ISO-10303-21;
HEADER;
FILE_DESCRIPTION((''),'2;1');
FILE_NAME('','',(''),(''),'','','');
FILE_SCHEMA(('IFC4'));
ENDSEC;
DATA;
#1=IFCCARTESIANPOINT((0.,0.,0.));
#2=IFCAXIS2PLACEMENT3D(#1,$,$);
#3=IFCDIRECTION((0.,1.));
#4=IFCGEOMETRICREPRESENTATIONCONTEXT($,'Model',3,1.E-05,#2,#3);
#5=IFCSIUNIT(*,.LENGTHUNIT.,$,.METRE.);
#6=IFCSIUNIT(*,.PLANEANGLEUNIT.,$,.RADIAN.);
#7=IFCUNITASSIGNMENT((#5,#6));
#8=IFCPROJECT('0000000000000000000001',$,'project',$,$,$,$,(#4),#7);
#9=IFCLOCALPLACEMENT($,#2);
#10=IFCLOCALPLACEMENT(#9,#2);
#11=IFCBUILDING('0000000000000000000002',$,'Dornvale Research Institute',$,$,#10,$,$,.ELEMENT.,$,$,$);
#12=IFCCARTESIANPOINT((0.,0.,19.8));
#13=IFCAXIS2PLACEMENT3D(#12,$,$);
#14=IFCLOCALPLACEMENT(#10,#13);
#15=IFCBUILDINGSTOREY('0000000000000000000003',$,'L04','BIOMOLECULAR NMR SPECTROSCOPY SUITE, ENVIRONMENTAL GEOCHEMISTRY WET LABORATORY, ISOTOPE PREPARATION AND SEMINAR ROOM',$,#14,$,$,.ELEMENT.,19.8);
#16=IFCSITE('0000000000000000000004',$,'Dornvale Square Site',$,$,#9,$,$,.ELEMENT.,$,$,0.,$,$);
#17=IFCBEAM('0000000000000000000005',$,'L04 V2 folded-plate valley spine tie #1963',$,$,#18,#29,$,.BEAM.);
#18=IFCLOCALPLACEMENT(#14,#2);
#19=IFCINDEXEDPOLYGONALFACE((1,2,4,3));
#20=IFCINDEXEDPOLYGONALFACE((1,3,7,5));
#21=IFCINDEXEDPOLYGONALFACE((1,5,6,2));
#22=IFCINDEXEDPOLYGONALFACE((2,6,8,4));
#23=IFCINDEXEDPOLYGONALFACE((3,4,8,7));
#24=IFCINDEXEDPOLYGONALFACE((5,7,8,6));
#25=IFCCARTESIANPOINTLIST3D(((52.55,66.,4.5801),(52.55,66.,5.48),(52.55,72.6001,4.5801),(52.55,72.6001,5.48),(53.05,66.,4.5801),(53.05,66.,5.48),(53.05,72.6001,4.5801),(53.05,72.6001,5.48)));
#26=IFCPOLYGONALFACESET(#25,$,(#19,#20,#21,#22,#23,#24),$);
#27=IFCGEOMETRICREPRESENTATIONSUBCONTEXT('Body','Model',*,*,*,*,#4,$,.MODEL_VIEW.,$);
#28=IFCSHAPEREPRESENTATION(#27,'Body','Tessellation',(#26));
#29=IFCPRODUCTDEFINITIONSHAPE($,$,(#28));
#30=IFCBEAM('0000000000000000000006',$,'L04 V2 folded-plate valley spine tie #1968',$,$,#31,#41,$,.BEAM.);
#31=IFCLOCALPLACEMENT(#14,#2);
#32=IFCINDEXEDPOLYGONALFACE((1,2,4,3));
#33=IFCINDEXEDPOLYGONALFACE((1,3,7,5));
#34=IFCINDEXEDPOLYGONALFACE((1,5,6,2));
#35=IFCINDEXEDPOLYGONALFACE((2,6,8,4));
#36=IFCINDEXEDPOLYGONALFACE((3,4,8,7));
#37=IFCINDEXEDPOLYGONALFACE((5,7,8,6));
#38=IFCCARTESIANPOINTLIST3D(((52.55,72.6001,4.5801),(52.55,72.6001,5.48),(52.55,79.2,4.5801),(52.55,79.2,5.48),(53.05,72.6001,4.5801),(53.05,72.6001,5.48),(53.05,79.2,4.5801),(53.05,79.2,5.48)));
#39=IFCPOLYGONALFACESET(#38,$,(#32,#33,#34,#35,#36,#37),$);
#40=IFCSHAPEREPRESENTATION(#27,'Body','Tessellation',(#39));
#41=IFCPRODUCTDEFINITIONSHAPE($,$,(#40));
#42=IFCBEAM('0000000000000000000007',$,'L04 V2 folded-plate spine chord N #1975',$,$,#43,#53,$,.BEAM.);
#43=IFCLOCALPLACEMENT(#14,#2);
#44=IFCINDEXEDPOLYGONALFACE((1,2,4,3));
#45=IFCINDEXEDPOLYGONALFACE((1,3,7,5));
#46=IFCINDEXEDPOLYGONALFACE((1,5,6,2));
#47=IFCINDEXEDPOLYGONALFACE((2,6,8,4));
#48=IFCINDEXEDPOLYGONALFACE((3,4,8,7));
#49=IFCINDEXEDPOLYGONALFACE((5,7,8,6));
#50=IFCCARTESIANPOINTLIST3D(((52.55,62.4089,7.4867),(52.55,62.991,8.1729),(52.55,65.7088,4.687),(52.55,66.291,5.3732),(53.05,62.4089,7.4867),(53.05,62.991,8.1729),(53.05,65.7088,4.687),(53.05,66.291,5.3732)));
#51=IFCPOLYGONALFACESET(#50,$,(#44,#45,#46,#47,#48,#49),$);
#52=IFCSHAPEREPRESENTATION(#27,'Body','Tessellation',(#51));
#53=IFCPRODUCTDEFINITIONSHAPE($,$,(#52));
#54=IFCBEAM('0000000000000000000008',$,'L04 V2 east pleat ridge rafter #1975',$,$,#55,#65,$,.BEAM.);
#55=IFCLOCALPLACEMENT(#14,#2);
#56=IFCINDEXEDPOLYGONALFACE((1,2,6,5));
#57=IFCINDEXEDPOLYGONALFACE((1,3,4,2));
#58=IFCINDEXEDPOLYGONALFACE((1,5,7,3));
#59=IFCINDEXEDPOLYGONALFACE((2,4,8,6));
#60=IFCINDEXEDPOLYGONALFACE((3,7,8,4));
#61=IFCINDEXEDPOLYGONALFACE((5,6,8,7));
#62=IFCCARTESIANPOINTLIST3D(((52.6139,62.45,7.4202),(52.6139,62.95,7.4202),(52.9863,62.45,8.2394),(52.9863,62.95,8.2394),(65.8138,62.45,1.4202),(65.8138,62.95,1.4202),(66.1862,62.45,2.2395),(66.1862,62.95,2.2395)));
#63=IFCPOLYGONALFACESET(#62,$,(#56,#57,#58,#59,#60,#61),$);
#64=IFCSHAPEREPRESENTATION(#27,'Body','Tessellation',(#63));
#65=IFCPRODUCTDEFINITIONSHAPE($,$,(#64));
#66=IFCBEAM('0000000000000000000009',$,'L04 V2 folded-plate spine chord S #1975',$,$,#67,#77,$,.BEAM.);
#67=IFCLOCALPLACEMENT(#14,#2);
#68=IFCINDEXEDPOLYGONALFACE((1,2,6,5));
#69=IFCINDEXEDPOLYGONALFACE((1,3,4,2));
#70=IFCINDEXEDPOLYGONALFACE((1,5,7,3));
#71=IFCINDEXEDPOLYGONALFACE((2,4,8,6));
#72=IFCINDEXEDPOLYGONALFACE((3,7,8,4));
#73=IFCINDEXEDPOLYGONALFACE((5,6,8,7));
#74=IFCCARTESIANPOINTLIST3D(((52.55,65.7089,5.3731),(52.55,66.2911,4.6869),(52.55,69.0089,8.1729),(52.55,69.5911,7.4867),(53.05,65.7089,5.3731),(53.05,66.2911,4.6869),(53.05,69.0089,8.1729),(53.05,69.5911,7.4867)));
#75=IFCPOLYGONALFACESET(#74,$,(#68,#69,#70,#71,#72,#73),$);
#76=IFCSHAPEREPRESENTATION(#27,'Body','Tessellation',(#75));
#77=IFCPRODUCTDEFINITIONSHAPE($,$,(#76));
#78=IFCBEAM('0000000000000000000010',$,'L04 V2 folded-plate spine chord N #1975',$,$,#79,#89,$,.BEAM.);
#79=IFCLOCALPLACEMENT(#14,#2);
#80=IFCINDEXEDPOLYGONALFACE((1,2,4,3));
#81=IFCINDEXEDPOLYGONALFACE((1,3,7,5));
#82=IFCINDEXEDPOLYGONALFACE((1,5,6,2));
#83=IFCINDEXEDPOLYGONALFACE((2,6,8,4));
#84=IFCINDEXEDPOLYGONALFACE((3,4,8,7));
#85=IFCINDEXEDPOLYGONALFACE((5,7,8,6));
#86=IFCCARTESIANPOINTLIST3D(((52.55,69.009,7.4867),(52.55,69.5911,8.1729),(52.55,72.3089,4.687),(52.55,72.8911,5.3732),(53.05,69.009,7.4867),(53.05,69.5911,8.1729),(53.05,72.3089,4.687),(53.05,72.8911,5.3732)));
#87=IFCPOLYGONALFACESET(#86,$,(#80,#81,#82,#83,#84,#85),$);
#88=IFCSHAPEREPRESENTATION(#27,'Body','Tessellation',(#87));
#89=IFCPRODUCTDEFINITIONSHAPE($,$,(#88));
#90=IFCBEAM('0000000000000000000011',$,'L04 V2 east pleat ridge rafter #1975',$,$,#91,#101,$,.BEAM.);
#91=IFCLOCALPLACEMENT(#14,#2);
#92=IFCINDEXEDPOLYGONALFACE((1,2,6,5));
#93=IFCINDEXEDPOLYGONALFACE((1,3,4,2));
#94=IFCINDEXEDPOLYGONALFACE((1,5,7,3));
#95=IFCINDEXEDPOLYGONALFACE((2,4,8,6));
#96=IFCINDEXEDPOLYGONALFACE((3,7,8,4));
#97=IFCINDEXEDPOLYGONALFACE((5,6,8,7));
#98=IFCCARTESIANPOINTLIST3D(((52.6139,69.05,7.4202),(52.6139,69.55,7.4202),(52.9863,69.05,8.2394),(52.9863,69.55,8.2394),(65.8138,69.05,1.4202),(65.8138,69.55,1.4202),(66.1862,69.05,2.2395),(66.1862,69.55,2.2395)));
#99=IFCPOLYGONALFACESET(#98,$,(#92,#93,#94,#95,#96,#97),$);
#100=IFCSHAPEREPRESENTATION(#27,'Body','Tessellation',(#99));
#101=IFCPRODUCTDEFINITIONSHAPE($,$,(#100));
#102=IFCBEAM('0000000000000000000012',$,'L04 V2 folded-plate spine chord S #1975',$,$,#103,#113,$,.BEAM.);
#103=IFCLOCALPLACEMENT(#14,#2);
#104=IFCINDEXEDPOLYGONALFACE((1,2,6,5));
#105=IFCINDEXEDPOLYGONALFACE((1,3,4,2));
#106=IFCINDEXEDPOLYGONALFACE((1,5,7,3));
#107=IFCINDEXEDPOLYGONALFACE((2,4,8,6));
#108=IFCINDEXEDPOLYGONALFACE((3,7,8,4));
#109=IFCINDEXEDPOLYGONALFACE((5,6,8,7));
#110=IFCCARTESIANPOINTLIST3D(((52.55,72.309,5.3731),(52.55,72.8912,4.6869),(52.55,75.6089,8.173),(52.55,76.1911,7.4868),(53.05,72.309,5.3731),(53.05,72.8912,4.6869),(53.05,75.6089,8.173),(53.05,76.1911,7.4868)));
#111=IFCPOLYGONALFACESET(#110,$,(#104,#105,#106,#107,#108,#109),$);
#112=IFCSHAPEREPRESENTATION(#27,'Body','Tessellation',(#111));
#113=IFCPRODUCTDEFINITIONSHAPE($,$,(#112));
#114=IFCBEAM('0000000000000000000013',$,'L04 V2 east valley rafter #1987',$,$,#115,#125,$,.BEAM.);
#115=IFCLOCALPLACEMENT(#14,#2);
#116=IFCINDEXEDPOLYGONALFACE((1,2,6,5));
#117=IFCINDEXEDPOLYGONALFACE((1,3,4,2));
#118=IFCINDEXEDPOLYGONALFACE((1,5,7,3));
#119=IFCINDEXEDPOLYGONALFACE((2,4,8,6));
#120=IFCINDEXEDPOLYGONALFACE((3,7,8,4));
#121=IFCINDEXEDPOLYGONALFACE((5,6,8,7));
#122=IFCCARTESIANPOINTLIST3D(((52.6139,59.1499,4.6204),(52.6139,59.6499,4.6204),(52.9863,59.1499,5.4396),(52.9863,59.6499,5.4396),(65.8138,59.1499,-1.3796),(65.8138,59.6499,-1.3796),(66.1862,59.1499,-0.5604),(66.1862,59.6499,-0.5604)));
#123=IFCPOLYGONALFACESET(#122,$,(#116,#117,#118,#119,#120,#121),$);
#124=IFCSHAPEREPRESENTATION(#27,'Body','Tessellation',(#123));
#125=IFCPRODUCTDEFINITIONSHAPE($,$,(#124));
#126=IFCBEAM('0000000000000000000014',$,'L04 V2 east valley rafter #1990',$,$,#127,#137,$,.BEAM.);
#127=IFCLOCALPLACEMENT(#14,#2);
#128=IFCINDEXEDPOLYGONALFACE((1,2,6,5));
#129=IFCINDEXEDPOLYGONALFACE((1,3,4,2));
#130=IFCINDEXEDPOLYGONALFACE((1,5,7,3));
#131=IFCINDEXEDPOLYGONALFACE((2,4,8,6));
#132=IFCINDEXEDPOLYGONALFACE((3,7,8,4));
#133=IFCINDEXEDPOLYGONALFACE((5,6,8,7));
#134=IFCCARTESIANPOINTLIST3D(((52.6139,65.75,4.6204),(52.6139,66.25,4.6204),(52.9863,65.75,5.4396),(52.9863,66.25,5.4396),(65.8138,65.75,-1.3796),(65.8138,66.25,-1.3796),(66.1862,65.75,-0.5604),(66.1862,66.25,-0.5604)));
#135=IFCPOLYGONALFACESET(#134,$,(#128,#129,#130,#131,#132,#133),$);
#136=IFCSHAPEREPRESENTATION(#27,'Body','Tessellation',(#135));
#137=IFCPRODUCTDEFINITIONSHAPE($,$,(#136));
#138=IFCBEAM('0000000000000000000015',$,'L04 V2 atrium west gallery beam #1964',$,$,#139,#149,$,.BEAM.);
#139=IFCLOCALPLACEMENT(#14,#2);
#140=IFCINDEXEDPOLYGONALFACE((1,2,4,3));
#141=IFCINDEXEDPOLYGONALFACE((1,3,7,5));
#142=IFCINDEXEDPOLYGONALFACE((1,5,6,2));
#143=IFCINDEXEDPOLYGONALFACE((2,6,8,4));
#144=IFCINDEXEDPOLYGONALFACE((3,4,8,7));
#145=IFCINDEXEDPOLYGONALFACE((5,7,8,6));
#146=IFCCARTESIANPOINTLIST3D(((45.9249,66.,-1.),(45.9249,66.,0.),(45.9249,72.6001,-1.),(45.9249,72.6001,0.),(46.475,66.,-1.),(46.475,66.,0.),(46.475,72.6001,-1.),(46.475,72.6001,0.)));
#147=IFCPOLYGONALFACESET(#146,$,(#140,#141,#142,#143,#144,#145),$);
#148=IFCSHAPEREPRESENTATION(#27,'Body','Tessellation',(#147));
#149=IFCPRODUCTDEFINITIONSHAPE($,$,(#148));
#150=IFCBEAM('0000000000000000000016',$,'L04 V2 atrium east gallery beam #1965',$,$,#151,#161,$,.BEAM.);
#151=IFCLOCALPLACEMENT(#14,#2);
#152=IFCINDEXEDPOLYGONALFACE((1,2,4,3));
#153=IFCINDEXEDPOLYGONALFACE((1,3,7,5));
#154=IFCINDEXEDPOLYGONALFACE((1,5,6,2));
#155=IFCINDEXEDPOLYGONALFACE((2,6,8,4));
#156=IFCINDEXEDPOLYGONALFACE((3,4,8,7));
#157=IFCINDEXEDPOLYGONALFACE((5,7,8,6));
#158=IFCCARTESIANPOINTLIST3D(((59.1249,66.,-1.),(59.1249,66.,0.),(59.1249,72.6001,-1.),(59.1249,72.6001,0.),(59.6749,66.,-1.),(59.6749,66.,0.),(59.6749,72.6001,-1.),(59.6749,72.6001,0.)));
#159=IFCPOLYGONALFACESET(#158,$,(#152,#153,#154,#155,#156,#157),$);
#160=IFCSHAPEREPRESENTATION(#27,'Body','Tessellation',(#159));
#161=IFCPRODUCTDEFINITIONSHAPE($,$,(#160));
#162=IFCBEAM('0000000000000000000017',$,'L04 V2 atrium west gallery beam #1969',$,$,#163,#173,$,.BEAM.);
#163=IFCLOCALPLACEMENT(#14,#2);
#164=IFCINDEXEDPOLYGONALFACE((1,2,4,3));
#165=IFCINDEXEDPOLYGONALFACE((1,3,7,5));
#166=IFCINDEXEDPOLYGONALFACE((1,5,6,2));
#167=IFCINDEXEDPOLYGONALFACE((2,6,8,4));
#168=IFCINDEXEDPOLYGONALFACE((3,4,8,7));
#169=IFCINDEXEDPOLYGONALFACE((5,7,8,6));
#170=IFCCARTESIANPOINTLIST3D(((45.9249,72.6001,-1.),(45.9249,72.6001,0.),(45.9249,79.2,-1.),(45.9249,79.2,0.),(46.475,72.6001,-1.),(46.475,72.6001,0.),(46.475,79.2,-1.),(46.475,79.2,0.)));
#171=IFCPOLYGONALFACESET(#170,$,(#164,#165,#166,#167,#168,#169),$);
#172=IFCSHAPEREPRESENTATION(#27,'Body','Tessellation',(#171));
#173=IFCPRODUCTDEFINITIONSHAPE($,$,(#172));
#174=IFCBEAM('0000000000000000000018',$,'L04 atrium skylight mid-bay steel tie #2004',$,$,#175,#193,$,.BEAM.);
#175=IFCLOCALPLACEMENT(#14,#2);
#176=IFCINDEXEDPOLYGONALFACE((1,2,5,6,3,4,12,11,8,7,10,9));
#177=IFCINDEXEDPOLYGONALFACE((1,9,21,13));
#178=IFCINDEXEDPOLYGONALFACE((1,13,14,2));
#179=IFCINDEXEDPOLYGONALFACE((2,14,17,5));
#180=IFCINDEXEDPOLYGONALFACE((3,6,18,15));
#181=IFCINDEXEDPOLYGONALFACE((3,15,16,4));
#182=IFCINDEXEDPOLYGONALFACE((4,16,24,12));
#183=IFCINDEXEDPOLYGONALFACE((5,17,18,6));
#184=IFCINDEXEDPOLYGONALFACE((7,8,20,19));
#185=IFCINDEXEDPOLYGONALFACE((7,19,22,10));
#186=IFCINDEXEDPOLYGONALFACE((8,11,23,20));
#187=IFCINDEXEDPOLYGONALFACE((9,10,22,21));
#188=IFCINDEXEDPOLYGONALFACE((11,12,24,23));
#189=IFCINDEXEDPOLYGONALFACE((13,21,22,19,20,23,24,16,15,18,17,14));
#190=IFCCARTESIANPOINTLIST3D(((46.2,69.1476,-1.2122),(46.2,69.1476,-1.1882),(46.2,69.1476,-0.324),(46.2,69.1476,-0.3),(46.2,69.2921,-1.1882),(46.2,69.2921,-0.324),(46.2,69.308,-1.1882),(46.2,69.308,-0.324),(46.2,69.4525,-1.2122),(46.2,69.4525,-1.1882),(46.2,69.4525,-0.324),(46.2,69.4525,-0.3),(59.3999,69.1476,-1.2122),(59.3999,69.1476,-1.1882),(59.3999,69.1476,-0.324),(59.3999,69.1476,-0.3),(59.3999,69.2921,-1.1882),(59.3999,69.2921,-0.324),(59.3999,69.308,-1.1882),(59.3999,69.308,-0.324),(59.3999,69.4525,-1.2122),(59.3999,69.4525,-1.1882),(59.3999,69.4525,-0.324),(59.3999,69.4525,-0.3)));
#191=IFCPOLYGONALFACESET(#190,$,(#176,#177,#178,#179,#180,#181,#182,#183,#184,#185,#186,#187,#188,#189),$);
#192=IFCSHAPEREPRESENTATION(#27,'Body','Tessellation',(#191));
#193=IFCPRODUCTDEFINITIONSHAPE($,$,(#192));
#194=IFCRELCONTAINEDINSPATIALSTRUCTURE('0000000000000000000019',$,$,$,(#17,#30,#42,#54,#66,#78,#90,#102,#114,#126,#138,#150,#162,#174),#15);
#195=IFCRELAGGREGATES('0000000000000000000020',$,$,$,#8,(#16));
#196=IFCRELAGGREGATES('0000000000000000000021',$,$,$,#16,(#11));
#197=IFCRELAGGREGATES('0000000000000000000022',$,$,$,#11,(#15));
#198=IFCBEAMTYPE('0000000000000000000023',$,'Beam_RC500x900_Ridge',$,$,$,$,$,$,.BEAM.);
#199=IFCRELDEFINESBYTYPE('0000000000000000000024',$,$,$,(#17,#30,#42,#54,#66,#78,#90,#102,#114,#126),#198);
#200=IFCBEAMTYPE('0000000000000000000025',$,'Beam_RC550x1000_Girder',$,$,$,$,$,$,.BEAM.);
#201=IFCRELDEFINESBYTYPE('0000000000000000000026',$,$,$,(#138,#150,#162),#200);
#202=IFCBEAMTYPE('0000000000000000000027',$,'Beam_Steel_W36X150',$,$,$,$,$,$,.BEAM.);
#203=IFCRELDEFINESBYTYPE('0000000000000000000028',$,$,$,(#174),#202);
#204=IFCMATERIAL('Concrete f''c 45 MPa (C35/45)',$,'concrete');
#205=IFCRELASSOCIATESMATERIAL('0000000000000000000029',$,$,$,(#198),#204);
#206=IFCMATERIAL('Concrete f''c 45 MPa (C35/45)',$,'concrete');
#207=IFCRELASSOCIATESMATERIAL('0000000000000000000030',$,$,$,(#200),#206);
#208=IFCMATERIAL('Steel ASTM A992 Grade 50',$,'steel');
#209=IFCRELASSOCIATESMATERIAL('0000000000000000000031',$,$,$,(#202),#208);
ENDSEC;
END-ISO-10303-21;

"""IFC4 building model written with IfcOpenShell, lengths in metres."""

from ifc_helpers import new_model, si_unit, direction, frame, origin, origin_2d, place, context, subcontext, project, spatial, rectangle, i_section, extrude, material, material_profile, profile_set, type_object, element, save


model = new_model("IFC4")

# Units and contexts
model_context = context("Model", 3, precision=1e-05, world=origin(), true_north=direction((0.0, 1.0)))
body_context = subcontext(model_context, "Body", "Model", "MODEL_VIEW")
ifc_project = project(units=[si_unit("LENGTHUNIT", "METRE"), si_unit("PLANEANGLEUNIT", "RADIAN")], contexts=[model_context])

# Site, building, storey
site_placement = place(None, origin())
site = spatial("IfcSite", under=ifc_project, at=site_placement, Name="Dornvale Square Site", CompositionType="ELEMENT", RefElevation=0.0)
building_placement = place(site_placement, origin())
building = spatial("IfcBuilding", under=site, at=building_placement, Name="Dornvale Research Institute", CompositionType="ELEMENT")
storey_placement = place(building_placement, frame((0.0, 0.0, 19.8)))
storey = spatial("IfcBuildingStorey", under=building, at=storey_placement, Name="L04", Description="BIOMOLECULAR NMR SPECTROSCOPY SUITE, ENVIRONMENTAL GEOCHEMISTRY WET LABORATORY, ISOTOPE PREPARATION AND SEMINAR ROOM", CompositionType="ELEMENT", Elevation=19.8)

# Beams
ifc_material_1 = material(Name="Concrete f'c 45 MPa (C35/45)", Category="concrete")
ifc_material_profile_1 = material_profile(ifc_material_1, rectangle(XDim=0.5, YDim=0.8999, at=origin_2d()), Name="RC 500x900")
ifc_profile_set_1 = profile_set([ifc_material_profile_1], Name="Concrete f'c 45 MPa (C35/45)")
beam_type_1 = type_object("IfcBeamType", Name="Beam_RC500x900_Ridge", PredefinedType="BEAM", material=ifc_profile_set_1)
beam_1_placement = place(storey_placement, frame((52.8, 66.0, 5.03), z_axis=(0.0, 1.0, 0.0), x_axis=(-1.0, 0.0, 0.0)))
element("IfcBeam", 1, at=beam_1_placement, inside=storey, type_object=beam_type_1, Name="L04 V2 folded-plate valley spine tie #1963", PredefinedType="BEAM", context=body_context, shape_type="SweptSolid", body=[
    extrude(rectangle(XDim=0.5, YDim=0.8999, at=origin_2d()), origin(), (0.0, 0.0, 1.0), 6.6001),
])
beam_2_placement = place(storey_placement, frame((52.8, 72.6001, 5.03), z_axis=(0.0, 1.0, 0.0), x_axis=(-1.0, 0.0, 0.0)))
element("IfcBeam", 2, at=beam_2_placement, inside=storey, type_object=beam_type_1, Name="L04 V2 folded-plate valley spine tie #1968", PredefinedType="BEAM", context=body_context, shape_type="SweptSolid", body=[
    extrude(rectangle(XDim=0.5, YDim=0.8999, at=origin_2d()), origin(), (0.0, 0.0, 1.0), 6.5999),
])
beam_3_placement = place(storey_placement, frame((52.8, 62.7, 7.8298), z_axis=(0.0, 0.762536, -0.646946), x_axis=(-1.0, 0.0, 0.0)))
element("IfcBeam", 3, at=beam_3_placement, inside=storey, type_object=beam_type_1, Name="L04 V2 folded-plate spine chord N #1975", PredefinedType="BEAM", context=body_context, shape_type="SweptSolid", body=[
    extrude(rectangle(XDim=0.5, YDim=0.8999, at=origin_2d()), origin(), (0.0, 0.0, 1.0), 4.3276),
])
beam_4_placement = place(storey_placement, frame((66.0, 62.7, 1.8298), z_axis=(-0.910366, 0.0, 0.413804), x_axis=(0.0, -1.0, 0.0)))
element("IfcBeam", 4, at=beam_4_placement, inside=storey, type_object=beam_type_1, Name="L04 V2 east pleat ridge rafter #1975", PredefinedType="BEAM", context=body_context, shape_type="SweptSolid", body=[
    extrude(rectangle(XDim=0.5, YDim=0.8999, at=origin_2d()), origin(), (0.0, 0.0, 1.0), 14.4995),
])
for number, where, z_axis, x_axis, name in (
    (5, (52.8, 66.0, 5.03), (0.0, 0.762536, 0.646946), (-1.0, 0.0, 0.0), "L04 V2 folded-plate spine chord S #1975"),
    (6, (52.8, 69.3, 7.8298), (0.0, 0.762536, -0.646946), (-1.0, 0.0, 0.0), "L04 V2 folded-plate spine chord N #1975"),
):
    element("IfcBeam", number, at=place(storey_placement, frame(where, z_axis=z_axis, x_axis=x_axis)), inside=storey, type_object=beam_type_1, Name=name, PredefinedType="BEAM", context=body_context, shape_type="SweptSolid", body=[
        extrude(rectangle(XDim=0.5, YDim=0.8999, at=origin_2d()), origin(), (0.0, 0.0, 1.0), 4.3276),
    ])
beam_5_placement = place(storey_placement, frame((66.0, 69.3, 1.8298), z_axis=(-0.910366, 0.0, 0.413804), x_axis=(0.0, -1.0, 0.0)))
element("IfcBeam", 7, at=beam_5_placement, inside=storey, type_object=beam_type_1, Name="L04 V2 east pleat ridge rafter #1975", PredefinedType="BEAM", context=body_context, shape_type="SweptSolid", body=[
    extrude(rectangle(XDim=0.5, YDim=0.8999, at=origin_2d()), origin(), (0.0, 0.0, 1.0), 14.4995),
])
beam_6_placement = place(storey_placement, frame((52.8, 72.6001, 5.03), z_axis=(0.0, 0.762513, 0.646973), x_axis=(-1.0, 0.0, 0.0)))
element("IfcBeam", 8, at=beam_6_placement, inside=storey, type_object=beam_type_1, Name="L04 V2 folded-plate spine chord S #1975", PredefinedType="BEAM", context=body_context, shape_type="SweptSolid", body=[
    extrude(rectangle(XDim=0.5, YDim=0.8999, at=origin_2d()), origin(), (0.0, 0.0, 1.0), 4.3276),
])
for number, where, z_axis, x_axis, name in (
    (9, (66.0, 59.3999, -0.97), (-0.910366, 0.0, 0.413804), (0.0, -1.0, 0.0), "L04 V2 east valley rafter #1987"),
    (10, (66.0, 66.0, -0.97), (-0.910366, 0.0, 0.413804), (0.0, -1.0, 0.0), "L04 V2 east valley rafter #1990"),
):
    element("IfcBeam", number, at=place(storey_placement, frame(where, z_axis=z_axis, x_axis=x_axis)), inside=storey, type_object=beam_type_1, Name=name, PredefinedType="BEAM", context=body_context, shape_type="SweptSolid", body=[
        extrude(rectangle(XDim=0.5, YDim=0.8999, at=origin_2d()), origin(), (0.0, 0.0, 1.0), 14.4995),
    ])
ifc_material_2 = material(Name="Concrete f'c 45 MPa (C35/45)", Category="concrete")
ifc_material_profile_2 = material_profile(ifc_material_2, rectangle(XDim=0.55, YDim=1.0, at=origin_2d()), Name="RC 550x1000")
ifc_profile_set_2 = profile_set([ifc_material_profile_2], Name="Concrete f'c 45 MPa (C35/45)")
beam_type_2 = type_object("IfcBeamType", Name="Beam_RC550x1000_Girder", PredefinedType="BEAM", material=ifc_profile_set_2)
for number, where, z_axis, x_axis, name in (
    (11, (46.2, 66.0, -0.5), (0.0, 1.0, 0.0), (-1.0, 0.0, 0.0), "L04 V2 atrium west gallery beam #1964"),
    (12, (59.3999, 66.0, -0.5), (0.0, 1.0, 0.0), (-1.0, 0.0, 0.0), "L04 V2 atrium east gallery beam #1965"),
):
    element("IfcBeam", number, at=place(storey_placement, frame(where, z_axis=z_axis, x_axis=x_axis)), inside=storey, type_object=beam_type_2, Name=name, PredefinedType="BEAM", context=body_context, shape_type="SweptSolid", body=[
        extrude(rectangle(XDim=0.55, YDim=1.0, at=origin_2d()), origin(), (0.0, 0.0, 1.0), 6.6001),
    ])
beam_7_placement = place(storey_placement, frame((46.2, 72.6001, -0.5), z_axis=(0.0, 1.0, 0.0), x_axis=(-1.0, 0.0, 0.0)))
element("IfcBeam", 13, at=beam_7_placement, inside=storey, type_object=beam_type_2, Name="L04 V2 atrium west gallery beam #1969", PredefinedType="BEAM", context=body_context, shape_type="SweptSolid", body=[
    extrude(rectangle(XDim=0.55, YDim=1.0, at=origin_2d()), origin(), (0.0, 0.0, 1.0), 6.5999),
])
ifc_material_3 = material(Name="Steel ASTM A992 Grade 50", Category="steel")
ifc_material_profile_3 = material_profile(ifc_material_3, i_section(OverallWidth=0.3049, OverallDepth=0.9121, WebThickness=0.0159, FlangeThickness=0.0239, at=origin_2d()), Name="W36X150")
ifc_profile_set_3 = profile_set([ifc_material_profile_3], Name="Steel ASTM A992 Grade 50")
beam_type_3 = type_object("IfcBeamType", Name="Beam_Steel_W36X150", PredefinedType="BEAM", material=ifc_profile_set_3)
beam_8_placement = place(storey_placement, frame((46.2, 69.3, -0.7561), z_axis=(1.0, 0.0, 0.0), x_axis=(0.0, 1.0, 0.0)))
element("IfcBeam", 14, at=beam_8_placement, inside=storey, type_object=beam_type_3, Name="L04 atrium skylight mid-bay steel tie #2004", PredefinedType="BEAM", context=body_context, shape_type="SweptSolid", body=[
    extrude(i_section(OverallWidth=0.3049, OverallDepth=0.9121, WebThickness=0.0159, FlangeThickness=0.0239, at=origin_2d()), origin(), (0.0, 0.0, 1.0), 13.2),
])

save(model, "model.ifc")
